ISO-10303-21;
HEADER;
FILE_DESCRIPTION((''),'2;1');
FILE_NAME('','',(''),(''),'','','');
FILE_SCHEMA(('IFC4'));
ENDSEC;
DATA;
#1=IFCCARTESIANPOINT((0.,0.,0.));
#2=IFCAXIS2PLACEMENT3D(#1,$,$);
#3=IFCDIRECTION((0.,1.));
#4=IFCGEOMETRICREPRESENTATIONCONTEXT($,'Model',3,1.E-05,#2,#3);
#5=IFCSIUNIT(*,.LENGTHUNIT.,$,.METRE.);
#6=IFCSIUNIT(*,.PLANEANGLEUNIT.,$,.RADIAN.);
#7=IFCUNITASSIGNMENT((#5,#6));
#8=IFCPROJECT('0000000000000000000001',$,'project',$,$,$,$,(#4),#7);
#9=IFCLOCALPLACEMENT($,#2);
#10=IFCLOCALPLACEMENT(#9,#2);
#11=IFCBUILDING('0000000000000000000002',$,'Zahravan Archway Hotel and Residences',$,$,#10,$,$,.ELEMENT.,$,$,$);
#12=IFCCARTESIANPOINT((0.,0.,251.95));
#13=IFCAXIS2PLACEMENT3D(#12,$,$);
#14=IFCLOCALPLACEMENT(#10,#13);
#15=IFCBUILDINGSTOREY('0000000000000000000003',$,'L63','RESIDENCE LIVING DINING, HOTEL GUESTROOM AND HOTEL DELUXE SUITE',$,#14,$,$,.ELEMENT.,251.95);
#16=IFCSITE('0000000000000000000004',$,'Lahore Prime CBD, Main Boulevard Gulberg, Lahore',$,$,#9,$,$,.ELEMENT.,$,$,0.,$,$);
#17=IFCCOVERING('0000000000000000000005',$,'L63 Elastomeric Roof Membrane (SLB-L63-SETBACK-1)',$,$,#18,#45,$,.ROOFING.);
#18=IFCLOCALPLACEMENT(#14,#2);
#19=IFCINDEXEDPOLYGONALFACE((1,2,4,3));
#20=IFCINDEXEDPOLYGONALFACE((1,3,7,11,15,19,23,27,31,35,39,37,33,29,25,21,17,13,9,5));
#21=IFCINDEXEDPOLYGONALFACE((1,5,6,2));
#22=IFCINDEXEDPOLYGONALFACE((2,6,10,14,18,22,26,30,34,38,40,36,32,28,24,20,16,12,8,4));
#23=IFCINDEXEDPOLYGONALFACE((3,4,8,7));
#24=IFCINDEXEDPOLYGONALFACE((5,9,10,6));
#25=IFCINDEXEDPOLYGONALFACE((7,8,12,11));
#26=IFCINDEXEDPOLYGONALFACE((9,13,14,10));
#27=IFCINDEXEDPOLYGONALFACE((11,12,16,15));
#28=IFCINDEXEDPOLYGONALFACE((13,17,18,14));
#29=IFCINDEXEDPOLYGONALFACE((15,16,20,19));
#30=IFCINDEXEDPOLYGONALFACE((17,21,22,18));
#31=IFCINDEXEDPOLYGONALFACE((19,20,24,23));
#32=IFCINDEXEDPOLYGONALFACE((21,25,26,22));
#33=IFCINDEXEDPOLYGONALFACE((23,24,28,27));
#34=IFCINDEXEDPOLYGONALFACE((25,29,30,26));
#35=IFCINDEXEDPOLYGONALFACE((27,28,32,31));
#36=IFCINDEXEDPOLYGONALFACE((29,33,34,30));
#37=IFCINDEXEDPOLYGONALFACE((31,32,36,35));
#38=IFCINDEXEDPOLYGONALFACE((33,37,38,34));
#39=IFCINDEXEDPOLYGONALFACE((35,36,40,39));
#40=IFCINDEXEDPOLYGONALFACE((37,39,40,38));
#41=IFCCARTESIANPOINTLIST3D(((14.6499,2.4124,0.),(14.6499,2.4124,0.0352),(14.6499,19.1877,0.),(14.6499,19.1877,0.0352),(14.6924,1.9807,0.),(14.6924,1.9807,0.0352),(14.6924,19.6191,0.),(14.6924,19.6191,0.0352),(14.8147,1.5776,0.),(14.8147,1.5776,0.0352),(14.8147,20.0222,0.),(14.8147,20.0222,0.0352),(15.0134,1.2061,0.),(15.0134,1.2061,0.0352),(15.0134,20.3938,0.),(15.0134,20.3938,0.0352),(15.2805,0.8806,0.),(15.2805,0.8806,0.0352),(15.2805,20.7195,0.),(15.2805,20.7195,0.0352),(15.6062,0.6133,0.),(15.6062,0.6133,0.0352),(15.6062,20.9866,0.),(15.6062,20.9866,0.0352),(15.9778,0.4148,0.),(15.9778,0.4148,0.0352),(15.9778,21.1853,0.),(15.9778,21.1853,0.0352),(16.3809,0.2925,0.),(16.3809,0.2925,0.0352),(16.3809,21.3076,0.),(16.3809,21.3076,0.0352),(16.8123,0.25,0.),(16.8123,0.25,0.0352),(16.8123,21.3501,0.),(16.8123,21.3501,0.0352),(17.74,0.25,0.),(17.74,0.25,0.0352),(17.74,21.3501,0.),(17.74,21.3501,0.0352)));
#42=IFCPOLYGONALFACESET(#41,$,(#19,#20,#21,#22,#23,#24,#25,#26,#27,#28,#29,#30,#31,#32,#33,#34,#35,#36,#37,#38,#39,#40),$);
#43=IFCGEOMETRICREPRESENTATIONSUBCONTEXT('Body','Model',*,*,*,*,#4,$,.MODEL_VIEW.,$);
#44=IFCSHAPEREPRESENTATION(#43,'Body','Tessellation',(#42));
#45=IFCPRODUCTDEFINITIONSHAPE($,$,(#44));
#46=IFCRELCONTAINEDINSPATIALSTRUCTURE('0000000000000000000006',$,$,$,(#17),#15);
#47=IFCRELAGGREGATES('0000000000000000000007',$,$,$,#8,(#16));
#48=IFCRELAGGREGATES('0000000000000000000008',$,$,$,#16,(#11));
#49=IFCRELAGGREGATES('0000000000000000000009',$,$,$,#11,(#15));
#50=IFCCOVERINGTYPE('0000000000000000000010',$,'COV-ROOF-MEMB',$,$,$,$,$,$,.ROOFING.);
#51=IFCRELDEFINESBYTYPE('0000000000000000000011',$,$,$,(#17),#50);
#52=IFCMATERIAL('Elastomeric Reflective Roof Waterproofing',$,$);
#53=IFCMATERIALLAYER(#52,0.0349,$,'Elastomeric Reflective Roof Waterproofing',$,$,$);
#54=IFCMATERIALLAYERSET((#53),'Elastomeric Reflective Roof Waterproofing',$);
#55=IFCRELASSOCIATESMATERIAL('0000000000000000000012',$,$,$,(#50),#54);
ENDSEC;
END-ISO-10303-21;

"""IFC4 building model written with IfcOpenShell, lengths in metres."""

from ifc_helpers import new_model, si_unit, direction, frame, origin, place, context, subcontext, project, spatial, polyline, outline, extrude, material, layer, layer_set, type_object, element, save


model = new_model("IFC4")

# Units and contexts
model_context = context("Model", 3, precision=1e-05, world=origin(), true_north=direction((0.0, 1.0)))
body_context = subcontext(model_context, "Body", "Model", "MODEL_VIEW")
ifc_project = project(units=[si_unit("LENGTHUNIT", "METRE"), si_unit("PLANEANGLEUNIT", "RADIAN")], contexts=[model_context])

# Site, building, storey
site_placement = place(None, origin())
site = spatial("IfcSite", under=ifc_project, at=site_placement, Name="Lahore Prime CBD, Main Boulevard Gulberg, Lahore", CompositionType="ELEMENT", RefElevation=0.0)
building_placement = place(site_placement, origin())
building = spatial("IfcBuilding", under=site, at=building_placement, Name="Zahravan Archway Hotel and Residences", CompositionType="ELEMENT")
storey_placement = place(building_placement, frame((0.0, 0.0, 251.95)))
storey = spatial("IfcBuildingStorey", under=building, at=storey_placement, Name="L63", Description="RESIDENCE LIVING DINING, HOTEL GUESTROOM AND HOTEL DELUXE SUITE", CompositionType="ELEMENT", Elevation=251.95)

# Covering
ifc_material_1 = material(Name="Elastomeric Reflective Roof Waterproofing")
ifc_layer_1 = layer(ifc_material_1, 0.0349, Name="Elastomeric Reflective Roof Waterproofing")
ifc_layer_set_1 = layer_set([ifc_layer_1], Name="Elastomeric Reflective Roof Waterproofing")
covering_type = type_object("IfcCoveringType", Name="COV-ROOF-MEMB", PredefinedType="ROOFING", material=ifc_layer_set_1)
covering_placement = place(storey_placement, origin())
element("IfcCovering", 1, at=covering_placement, inside=storey, type_object=covering_type, Name="L63 Elastomeric Roof Membrane (SLB-L63-SETBACK-1)", PredefinedType="ROOFING", context=body_context, shape_type="SweptSolid", body=[
    extrude(outline(polyline([(16.3809, 0.2925), (15.9778, 0.4148), (15.6062, 0.6133), (15.2805, 0.8806), (15.0134, 1.2061), (14.8147, 1.5776), (14.6924, 1.9807), (14.6499, 2.4124), (14.6499, 19.1877), (14.6924, 19.6191), (14.8147, 20.0222), (15.0134, 20.3938), (15.2805, 20.7195), (15.6062, 20.9866), (15.9778, 21.1853), (16.3809, 21.3076), (16.8123, 21.3501), (17.74, 21.3501), (17.74, 0.25), (16.8123, 0.25), (16.3809, 0.2925)])), origin(), (0.0, 0.0, 1.0), 0.0352),
])

save(model, "model.ifc")
